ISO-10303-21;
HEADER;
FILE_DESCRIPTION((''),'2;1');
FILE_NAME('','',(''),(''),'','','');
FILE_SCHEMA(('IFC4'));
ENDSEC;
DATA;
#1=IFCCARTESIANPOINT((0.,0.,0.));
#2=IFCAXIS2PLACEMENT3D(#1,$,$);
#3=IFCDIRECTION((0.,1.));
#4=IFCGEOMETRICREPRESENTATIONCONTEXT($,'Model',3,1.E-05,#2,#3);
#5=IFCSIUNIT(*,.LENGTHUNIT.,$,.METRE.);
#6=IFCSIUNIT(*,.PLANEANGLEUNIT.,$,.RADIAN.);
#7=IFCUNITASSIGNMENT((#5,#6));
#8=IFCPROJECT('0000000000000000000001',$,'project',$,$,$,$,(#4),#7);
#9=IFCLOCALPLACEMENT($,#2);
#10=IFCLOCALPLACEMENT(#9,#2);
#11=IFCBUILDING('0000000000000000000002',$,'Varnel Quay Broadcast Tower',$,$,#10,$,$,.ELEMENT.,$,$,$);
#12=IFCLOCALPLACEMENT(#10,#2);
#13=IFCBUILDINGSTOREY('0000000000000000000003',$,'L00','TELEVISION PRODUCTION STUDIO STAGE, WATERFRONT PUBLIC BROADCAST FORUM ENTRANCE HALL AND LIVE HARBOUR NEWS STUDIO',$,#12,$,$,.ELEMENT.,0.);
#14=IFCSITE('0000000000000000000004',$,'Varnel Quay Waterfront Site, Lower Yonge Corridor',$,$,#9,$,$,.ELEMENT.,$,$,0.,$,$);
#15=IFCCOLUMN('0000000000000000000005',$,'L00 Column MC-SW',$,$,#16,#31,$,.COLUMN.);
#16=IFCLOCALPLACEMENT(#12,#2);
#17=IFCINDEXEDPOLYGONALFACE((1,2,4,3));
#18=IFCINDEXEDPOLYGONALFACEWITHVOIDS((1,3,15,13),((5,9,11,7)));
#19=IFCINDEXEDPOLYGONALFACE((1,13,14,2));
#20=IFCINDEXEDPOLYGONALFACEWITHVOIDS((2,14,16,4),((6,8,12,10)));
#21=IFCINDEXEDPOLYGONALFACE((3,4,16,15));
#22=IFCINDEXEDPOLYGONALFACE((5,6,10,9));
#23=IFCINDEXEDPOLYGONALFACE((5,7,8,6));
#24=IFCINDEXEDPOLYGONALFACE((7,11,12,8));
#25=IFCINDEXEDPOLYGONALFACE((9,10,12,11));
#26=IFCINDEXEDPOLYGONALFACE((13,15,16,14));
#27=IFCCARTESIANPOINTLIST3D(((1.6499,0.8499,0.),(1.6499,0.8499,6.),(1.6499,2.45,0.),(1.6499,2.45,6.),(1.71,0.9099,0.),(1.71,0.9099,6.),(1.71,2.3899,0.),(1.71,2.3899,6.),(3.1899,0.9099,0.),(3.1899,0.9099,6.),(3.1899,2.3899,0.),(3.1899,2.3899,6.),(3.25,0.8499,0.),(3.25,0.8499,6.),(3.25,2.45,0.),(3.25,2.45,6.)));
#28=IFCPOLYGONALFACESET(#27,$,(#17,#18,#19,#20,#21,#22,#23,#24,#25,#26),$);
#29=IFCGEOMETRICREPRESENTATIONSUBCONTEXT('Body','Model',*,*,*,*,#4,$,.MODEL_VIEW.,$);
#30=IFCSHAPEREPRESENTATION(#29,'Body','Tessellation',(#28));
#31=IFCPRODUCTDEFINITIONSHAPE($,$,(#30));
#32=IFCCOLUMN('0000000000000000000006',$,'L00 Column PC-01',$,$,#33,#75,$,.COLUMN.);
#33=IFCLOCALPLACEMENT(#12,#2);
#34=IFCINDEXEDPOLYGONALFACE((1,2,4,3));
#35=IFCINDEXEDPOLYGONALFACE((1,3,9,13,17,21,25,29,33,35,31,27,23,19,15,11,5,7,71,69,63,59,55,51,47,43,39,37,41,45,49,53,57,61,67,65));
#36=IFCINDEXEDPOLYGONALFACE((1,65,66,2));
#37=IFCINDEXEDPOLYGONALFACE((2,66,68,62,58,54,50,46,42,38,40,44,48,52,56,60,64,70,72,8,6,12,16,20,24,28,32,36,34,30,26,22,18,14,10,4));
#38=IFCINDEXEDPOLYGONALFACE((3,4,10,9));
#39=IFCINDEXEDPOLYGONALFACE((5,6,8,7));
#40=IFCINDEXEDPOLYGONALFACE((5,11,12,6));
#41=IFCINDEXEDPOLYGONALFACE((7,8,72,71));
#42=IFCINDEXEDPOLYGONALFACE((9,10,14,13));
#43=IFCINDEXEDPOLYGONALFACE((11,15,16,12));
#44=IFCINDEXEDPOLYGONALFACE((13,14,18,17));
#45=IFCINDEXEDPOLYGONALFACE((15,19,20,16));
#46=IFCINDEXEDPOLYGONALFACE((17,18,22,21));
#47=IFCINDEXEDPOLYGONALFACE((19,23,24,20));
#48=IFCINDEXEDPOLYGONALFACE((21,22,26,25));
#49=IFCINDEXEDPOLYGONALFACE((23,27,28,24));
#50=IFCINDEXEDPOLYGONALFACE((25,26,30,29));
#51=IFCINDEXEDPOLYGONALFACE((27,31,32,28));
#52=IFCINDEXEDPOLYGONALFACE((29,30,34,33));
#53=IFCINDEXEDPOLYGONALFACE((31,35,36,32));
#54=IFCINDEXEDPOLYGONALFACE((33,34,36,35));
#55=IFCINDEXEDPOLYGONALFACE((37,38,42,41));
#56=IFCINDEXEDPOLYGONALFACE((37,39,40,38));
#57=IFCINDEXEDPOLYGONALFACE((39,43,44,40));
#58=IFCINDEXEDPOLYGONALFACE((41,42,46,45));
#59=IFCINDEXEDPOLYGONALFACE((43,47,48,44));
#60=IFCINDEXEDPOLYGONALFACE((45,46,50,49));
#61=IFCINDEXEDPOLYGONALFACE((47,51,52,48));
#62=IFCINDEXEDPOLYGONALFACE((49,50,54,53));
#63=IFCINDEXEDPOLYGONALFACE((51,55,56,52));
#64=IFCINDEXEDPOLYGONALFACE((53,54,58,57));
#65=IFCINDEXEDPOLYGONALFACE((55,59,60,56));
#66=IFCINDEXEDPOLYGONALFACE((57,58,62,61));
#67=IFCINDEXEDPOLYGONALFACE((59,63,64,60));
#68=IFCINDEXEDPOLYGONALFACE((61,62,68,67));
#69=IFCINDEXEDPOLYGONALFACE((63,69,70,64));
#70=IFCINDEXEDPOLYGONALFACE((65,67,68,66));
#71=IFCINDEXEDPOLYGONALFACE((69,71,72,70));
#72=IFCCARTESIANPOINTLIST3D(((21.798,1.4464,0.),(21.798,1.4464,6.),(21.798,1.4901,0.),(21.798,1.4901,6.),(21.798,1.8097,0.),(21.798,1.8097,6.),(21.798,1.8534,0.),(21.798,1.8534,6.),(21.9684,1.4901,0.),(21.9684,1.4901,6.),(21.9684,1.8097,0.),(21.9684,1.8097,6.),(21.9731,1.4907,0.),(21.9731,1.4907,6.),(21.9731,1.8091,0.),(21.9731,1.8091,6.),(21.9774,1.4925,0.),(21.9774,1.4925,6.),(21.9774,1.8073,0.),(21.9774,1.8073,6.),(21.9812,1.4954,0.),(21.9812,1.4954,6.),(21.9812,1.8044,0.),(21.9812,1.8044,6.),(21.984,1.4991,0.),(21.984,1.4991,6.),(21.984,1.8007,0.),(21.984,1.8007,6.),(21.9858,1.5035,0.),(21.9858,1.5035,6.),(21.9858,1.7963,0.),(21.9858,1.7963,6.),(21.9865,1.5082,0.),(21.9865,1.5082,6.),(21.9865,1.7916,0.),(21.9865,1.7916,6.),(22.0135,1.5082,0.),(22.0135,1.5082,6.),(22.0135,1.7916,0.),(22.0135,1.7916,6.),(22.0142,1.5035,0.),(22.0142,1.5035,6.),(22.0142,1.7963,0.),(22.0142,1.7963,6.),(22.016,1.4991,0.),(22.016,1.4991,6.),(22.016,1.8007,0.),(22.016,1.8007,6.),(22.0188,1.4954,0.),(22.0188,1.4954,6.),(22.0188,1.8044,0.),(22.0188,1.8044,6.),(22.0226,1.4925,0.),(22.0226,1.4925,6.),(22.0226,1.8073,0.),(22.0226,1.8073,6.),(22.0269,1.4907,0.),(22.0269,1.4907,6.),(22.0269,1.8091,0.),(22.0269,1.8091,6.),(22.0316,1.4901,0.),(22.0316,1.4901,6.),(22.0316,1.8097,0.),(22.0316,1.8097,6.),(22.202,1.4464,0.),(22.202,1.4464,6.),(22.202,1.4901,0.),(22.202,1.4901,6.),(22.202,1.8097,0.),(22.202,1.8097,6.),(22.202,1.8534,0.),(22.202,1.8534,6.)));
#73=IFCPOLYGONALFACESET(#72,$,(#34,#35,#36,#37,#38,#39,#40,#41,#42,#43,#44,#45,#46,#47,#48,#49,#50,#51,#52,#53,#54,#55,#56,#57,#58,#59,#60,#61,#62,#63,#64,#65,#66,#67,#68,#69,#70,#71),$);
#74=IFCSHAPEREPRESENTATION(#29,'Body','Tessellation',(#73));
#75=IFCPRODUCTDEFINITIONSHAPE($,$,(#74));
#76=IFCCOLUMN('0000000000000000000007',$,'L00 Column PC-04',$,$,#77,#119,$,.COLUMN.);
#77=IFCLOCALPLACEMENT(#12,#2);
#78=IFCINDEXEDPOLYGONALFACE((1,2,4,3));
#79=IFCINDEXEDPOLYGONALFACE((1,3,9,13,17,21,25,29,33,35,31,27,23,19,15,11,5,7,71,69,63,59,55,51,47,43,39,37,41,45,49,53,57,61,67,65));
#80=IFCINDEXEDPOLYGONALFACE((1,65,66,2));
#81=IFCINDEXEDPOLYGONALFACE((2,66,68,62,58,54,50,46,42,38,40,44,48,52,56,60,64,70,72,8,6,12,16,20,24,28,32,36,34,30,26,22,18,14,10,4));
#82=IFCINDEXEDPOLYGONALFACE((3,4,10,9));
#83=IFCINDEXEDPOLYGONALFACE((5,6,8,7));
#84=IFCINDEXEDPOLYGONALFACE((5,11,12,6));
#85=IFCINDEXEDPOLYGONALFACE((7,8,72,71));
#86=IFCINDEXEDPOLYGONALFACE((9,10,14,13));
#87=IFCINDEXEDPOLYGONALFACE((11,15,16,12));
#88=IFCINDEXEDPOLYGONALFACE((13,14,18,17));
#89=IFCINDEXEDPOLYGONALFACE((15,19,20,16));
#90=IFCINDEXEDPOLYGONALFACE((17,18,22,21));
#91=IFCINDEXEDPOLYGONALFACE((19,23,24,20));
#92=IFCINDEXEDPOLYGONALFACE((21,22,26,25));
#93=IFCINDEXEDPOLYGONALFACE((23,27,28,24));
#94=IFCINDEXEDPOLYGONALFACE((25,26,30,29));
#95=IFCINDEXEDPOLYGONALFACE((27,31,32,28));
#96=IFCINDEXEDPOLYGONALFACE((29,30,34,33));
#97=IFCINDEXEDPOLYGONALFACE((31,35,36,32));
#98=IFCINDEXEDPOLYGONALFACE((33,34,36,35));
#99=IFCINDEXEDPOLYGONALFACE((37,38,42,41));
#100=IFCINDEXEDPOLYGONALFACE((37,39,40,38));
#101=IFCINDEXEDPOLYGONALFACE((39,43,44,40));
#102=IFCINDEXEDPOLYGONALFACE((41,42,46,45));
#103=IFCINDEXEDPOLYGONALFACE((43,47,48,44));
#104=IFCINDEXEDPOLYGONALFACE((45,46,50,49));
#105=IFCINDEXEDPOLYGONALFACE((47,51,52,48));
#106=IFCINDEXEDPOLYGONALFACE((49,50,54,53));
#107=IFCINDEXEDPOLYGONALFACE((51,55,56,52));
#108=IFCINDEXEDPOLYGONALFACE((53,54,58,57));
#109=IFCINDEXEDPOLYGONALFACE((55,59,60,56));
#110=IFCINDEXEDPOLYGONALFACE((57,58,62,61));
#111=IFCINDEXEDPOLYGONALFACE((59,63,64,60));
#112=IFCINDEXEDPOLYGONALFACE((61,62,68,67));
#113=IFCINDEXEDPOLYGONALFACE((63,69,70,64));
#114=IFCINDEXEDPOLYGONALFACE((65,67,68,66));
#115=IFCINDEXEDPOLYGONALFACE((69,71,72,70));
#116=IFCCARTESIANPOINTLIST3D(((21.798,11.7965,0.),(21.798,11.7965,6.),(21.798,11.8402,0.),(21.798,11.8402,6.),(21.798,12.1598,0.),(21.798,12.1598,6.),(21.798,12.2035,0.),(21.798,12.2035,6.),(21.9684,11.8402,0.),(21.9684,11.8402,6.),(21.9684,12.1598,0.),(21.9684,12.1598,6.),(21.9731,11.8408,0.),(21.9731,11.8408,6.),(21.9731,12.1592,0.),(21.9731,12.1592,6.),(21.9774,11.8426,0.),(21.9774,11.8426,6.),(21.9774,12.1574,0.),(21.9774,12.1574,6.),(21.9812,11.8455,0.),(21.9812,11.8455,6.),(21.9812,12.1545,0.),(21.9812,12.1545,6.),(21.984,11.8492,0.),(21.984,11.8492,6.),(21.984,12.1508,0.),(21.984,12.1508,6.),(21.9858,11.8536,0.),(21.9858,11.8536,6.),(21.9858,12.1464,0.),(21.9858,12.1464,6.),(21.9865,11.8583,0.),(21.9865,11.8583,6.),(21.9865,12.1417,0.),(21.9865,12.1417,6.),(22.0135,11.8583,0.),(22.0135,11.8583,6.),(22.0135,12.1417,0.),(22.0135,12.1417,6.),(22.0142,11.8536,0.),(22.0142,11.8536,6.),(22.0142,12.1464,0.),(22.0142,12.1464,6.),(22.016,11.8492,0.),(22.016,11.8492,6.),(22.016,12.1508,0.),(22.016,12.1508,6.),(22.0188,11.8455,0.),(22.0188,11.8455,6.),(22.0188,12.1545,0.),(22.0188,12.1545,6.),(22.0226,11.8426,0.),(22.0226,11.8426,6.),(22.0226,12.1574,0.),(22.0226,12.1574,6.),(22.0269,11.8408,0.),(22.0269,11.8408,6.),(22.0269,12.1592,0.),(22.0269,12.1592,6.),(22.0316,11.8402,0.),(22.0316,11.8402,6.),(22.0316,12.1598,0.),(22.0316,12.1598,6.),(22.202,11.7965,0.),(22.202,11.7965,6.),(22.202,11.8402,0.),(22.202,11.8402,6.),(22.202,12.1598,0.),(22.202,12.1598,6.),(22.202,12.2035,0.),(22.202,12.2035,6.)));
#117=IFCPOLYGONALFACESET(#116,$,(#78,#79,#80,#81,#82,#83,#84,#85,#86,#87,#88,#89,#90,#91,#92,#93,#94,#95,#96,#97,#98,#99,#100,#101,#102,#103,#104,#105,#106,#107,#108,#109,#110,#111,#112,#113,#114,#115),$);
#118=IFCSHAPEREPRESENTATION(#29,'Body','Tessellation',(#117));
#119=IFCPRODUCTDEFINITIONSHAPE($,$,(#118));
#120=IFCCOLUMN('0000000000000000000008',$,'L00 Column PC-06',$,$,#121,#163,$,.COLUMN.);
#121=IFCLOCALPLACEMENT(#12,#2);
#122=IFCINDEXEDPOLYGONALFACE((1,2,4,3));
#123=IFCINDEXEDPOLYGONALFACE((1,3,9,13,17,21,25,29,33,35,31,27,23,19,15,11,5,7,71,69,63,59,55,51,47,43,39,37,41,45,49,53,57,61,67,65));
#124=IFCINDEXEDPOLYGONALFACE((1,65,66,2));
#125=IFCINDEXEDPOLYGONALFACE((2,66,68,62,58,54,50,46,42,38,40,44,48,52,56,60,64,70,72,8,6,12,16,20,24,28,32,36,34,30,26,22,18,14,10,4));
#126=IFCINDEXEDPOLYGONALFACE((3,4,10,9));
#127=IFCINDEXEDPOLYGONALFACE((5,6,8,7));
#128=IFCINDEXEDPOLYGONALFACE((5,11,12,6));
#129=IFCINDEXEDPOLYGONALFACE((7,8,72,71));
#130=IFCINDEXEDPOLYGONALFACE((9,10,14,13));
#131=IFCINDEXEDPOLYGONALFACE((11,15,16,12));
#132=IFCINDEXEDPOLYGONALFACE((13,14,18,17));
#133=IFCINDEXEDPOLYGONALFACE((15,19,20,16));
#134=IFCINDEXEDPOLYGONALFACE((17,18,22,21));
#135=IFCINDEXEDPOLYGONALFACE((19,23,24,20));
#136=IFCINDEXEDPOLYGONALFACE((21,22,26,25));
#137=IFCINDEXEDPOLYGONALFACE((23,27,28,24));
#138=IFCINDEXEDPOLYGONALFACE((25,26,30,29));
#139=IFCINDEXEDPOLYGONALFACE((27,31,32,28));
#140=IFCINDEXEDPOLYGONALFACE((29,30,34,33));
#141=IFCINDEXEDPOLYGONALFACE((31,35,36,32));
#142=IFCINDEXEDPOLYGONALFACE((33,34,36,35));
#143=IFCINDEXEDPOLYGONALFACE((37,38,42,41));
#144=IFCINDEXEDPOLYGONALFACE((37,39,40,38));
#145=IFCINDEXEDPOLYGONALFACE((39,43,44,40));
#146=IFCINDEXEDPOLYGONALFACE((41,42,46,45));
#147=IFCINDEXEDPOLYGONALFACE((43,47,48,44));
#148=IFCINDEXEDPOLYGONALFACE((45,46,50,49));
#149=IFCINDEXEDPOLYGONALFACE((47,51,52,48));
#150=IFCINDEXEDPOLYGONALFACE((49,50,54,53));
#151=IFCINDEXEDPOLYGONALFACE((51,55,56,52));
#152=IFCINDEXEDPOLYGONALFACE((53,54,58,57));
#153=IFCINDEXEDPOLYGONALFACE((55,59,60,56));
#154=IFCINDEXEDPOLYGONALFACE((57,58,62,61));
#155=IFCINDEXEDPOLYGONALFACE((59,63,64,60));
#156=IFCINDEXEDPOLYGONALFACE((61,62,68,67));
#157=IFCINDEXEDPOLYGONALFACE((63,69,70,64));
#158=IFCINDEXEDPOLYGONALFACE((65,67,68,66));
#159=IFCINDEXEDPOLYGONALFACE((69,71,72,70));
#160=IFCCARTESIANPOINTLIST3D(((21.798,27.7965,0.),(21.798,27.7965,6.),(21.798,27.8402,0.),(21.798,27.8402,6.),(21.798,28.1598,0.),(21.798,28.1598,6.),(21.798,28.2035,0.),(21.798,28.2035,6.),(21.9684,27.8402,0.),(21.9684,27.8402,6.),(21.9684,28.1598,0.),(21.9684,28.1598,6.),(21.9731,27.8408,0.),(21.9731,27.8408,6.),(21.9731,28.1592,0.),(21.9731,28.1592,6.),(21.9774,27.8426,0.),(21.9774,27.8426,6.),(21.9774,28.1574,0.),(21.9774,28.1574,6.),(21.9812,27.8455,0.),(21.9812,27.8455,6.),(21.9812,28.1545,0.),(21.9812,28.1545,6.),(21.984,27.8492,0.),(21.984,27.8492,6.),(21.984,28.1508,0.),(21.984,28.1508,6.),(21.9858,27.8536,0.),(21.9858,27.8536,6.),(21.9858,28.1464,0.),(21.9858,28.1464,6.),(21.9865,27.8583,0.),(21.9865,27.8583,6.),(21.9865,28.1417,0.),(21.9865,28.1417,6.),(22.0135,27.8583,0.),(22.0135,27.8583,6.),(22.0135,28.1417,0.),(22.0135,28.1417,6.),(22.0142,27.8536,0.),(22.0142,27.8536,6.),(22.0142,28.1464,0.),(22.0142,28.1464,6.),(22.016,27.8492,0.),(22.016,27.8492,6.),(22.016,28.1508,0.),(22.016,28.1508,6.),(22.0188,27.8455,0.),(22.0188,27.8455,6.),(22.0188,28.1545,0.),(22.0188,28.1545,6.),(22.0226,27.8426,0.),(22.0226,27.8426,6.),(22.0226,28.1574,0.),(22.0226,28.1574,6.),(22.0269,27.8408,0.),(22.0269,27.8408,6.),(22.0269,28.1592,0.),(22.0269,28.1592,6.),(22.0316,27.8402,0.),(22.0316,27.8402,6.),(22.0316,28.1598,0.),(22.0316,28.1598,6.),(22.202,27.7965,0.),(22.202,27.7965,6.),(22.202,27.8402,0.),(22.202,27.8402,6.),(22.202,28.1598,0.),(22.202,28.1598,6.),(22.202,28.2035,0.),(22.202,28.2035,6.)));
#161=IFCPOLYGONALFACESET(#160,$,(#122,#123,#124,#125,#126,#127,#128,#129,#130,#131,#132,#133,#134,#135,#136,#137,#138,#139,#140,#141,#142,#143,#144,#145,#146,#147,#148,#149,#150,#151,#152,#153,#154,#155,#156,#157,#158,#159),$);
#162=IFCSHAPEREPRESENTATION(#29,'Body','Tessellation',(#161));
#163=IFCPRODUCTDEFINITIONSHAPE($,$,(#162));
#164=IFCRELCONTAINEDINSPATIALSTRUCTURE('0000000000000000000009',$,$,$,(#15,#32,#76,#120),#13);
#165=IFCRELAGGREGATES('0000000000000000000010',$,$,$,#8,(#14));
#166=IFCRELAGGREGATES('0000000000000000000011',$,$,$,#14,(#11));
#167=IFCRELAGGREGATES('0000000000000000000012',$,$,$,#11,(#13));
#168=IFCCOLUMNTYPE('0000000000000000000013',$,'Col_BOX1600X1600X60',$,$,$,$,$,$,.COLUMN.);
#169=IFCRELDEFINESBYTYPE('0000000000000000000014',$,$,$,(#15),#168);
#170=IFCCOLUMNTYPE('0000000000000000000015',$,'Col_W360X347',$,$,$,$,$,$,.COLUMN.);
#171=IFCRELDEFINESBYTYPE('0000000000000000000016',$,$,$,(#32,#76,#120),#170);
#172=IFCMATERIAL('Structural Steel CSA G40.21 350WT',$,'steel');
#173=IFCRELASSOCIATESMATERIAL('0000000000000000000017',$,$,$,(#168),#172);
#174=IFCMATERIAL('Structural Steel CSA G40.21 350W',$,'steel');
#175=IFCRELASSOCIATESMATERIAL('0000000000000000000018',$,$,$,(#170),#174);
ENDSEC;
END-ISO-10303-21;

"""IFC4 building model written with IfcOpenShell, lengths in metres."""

from ifc_helpers import new_model, si_unit, direction, frame, origin, origin_2d, place, context, subcontext, project, spatial, hollow_rectangle, i_section, extrude, source, transform, mapped, material, material_profile, profile_set, type_object, type_shapes, element, save


model = new_model("IFC4")

# Units and contexts
model_context = context("Model", 3, precision=1e-05, world=origin(), true_north=direction((0.0, 1.0)))
body_context = subcontext(model_context, "Body", "Model", "MODEL_VIEW")
ifc_project = project(units=[si_unit("LENGTHUNIT", "METRE"), si_unit("PLANEANGLEUNIT", "RADIAN")], contexts=[model_context])

# Site, building, storey
site_placement = place(None, origin())
site = spatial("IfcSite", under=ifc_project, at=site_placement, Name="Varnel Quay Waterfront Site, Lower Yonge Corridor", CompositionType="ELEMENT", RefElevation=0.0)
building_placement = place(site_placement, origin())
building = spatial("IfcBuilding", under=site, at=building_placement, Name="Varnel Quay Broadcast Tower", CompositionType="ELEMENT")
storey_placement = place(building_placement, origin())
storey = spatial("IfcBuildingStorey", under=building, at=storey_placement, Name="L00", Description="TELEVISION PRODUCTION STUDIO STAGE, WATERFRONT PUBLIC BROADCAST FORUM ENTRANCE HALL AND LIVE HARBOUR NEWS STUDIO", CompositionType="ELEMENT", Elevation=0.0)

# Columns
ifc_material_1 = material(Name="Structural Steel CSA G40.21 350WT", Category="steel")
ifc_material_profile_1 = material_profile(ifc_material_1, hollow_rectangle(XDim=1.6001, YDim=1.6001, WallThickness=0.0601, at=origin_2d()), Name="BOX1600X1600X60")
ifc_profile_set_1 = profile_set([ifc_material_profile_1], Name="Structural Steel CSA G40.21 350WT")
column_type_1 = type_object("IfcColumnType", Name="Col_BOX1600X1600X60", PredefinedType="COLUMN", material=ifc_profile_set_1)
shared_shape_1 = source(origin(), body_context, "Body", "SweptSolid", [
    extrude(hollow_rectangle(XDim=1.6001, YDim=1.6001, WallThickness=0.0601, at=origin_2d()), origin(), (0.0, 0.0, 1.0), 6.0),
])
type_shapes(column_type_1, [shared_shape_1])
column_placement = place(storey_placement, frame((2.45, 1.6499, 0.0), z_axis=(0.0, 0.0, 1.0), x_axis=(1.0, 0.0, 0.0)))
element("IfcColumn", 1, at=column_placement, inside=storey, type_object=column_type_1, Name="L00 Column MC-SW", PredefinedType="COLUMN", context=body_context, shape_type="MappedRepresentation", body=[
    mapped(shared_shape_1, transform((0.0, 0.0, 0.0), x_axis=(1.0, 0.0, 0.0), y_axis=(0.0, 1.0, 0.0), z_axis=(0.0, 0.0, 1.0), scale=1.0)),
])
ifc_material_2 = material(Name="Structural Steel CSA G40.21 350W", Category="steel")
ifc_material_profile_2 = material_profile(ifc_material_2, i_section(OverallWidth=0.4041, OverallDepth=0.407, WebThickness=0.0271, FlangeThickness=0.0437, FilletRadius=0.0181, at=origin_2d()), Name="W360X347")
ifc_profile_set_2 = profile_set([ifc_material_profile_2], Name="Structural Steel CSA G40.21 350W")
column_type_2 = type_object("IfcColumnType", Name="Col_W360X347", PredefinedType="COLUMN", material=ifc_profile_set_2)
shared_shape_2 = source(origin(), body_context, "Body", "SweptSolid", [
    extrude(i_section(OverallWidth=0.4041, OverallDepth=0.407, WebThickness=0.0271, FlangeThickness=0.0437, FilletRadius=0.0181, at=origin_2d()), origin(), (0.0, 0.0, 1.0), 6.0),
])
type_shapes(column_type_2, [shared_shape_2])
for number, where, z_axis, x_axis, name in (
    (2, (22.0, 1.6499, 0.0), (0.0, 0.0, 1.0), (1.0, 0.0, 0.0), "L00 Column PC-01"),
    (3, (22.0, 12.0, 0.0), (0.0, 0.0, 1.0), (1.0, 0.0, 0.0), "L00 Column PC-04"),
    (4, (22.0, 28.0, 0.0), (0.0, 0.0, 1.0), (1.0, 0.0, 0.0), "L00 Column PC-06"),
):
    element("IfcColumn", number, at=place(storey_placement, frame(where, z_axis=z_axis, x_axis=x_axis)), inside=storey, type_object=column_type_2, Name=name, PredefinedType="COLUMN", context=body_context, shape_type="MappedRepresentation", body=[
        mapped(shared_shape_2, transform((0.0, 0.0, 0.0), x_axis=(1.0, 0.0, 0.0), y_axis=(0.0, 1.0, 0.0), z_axis=(0.0, 0.0, 1.0), scale=1.0)),
    ])

save(model, "model.ifc")
